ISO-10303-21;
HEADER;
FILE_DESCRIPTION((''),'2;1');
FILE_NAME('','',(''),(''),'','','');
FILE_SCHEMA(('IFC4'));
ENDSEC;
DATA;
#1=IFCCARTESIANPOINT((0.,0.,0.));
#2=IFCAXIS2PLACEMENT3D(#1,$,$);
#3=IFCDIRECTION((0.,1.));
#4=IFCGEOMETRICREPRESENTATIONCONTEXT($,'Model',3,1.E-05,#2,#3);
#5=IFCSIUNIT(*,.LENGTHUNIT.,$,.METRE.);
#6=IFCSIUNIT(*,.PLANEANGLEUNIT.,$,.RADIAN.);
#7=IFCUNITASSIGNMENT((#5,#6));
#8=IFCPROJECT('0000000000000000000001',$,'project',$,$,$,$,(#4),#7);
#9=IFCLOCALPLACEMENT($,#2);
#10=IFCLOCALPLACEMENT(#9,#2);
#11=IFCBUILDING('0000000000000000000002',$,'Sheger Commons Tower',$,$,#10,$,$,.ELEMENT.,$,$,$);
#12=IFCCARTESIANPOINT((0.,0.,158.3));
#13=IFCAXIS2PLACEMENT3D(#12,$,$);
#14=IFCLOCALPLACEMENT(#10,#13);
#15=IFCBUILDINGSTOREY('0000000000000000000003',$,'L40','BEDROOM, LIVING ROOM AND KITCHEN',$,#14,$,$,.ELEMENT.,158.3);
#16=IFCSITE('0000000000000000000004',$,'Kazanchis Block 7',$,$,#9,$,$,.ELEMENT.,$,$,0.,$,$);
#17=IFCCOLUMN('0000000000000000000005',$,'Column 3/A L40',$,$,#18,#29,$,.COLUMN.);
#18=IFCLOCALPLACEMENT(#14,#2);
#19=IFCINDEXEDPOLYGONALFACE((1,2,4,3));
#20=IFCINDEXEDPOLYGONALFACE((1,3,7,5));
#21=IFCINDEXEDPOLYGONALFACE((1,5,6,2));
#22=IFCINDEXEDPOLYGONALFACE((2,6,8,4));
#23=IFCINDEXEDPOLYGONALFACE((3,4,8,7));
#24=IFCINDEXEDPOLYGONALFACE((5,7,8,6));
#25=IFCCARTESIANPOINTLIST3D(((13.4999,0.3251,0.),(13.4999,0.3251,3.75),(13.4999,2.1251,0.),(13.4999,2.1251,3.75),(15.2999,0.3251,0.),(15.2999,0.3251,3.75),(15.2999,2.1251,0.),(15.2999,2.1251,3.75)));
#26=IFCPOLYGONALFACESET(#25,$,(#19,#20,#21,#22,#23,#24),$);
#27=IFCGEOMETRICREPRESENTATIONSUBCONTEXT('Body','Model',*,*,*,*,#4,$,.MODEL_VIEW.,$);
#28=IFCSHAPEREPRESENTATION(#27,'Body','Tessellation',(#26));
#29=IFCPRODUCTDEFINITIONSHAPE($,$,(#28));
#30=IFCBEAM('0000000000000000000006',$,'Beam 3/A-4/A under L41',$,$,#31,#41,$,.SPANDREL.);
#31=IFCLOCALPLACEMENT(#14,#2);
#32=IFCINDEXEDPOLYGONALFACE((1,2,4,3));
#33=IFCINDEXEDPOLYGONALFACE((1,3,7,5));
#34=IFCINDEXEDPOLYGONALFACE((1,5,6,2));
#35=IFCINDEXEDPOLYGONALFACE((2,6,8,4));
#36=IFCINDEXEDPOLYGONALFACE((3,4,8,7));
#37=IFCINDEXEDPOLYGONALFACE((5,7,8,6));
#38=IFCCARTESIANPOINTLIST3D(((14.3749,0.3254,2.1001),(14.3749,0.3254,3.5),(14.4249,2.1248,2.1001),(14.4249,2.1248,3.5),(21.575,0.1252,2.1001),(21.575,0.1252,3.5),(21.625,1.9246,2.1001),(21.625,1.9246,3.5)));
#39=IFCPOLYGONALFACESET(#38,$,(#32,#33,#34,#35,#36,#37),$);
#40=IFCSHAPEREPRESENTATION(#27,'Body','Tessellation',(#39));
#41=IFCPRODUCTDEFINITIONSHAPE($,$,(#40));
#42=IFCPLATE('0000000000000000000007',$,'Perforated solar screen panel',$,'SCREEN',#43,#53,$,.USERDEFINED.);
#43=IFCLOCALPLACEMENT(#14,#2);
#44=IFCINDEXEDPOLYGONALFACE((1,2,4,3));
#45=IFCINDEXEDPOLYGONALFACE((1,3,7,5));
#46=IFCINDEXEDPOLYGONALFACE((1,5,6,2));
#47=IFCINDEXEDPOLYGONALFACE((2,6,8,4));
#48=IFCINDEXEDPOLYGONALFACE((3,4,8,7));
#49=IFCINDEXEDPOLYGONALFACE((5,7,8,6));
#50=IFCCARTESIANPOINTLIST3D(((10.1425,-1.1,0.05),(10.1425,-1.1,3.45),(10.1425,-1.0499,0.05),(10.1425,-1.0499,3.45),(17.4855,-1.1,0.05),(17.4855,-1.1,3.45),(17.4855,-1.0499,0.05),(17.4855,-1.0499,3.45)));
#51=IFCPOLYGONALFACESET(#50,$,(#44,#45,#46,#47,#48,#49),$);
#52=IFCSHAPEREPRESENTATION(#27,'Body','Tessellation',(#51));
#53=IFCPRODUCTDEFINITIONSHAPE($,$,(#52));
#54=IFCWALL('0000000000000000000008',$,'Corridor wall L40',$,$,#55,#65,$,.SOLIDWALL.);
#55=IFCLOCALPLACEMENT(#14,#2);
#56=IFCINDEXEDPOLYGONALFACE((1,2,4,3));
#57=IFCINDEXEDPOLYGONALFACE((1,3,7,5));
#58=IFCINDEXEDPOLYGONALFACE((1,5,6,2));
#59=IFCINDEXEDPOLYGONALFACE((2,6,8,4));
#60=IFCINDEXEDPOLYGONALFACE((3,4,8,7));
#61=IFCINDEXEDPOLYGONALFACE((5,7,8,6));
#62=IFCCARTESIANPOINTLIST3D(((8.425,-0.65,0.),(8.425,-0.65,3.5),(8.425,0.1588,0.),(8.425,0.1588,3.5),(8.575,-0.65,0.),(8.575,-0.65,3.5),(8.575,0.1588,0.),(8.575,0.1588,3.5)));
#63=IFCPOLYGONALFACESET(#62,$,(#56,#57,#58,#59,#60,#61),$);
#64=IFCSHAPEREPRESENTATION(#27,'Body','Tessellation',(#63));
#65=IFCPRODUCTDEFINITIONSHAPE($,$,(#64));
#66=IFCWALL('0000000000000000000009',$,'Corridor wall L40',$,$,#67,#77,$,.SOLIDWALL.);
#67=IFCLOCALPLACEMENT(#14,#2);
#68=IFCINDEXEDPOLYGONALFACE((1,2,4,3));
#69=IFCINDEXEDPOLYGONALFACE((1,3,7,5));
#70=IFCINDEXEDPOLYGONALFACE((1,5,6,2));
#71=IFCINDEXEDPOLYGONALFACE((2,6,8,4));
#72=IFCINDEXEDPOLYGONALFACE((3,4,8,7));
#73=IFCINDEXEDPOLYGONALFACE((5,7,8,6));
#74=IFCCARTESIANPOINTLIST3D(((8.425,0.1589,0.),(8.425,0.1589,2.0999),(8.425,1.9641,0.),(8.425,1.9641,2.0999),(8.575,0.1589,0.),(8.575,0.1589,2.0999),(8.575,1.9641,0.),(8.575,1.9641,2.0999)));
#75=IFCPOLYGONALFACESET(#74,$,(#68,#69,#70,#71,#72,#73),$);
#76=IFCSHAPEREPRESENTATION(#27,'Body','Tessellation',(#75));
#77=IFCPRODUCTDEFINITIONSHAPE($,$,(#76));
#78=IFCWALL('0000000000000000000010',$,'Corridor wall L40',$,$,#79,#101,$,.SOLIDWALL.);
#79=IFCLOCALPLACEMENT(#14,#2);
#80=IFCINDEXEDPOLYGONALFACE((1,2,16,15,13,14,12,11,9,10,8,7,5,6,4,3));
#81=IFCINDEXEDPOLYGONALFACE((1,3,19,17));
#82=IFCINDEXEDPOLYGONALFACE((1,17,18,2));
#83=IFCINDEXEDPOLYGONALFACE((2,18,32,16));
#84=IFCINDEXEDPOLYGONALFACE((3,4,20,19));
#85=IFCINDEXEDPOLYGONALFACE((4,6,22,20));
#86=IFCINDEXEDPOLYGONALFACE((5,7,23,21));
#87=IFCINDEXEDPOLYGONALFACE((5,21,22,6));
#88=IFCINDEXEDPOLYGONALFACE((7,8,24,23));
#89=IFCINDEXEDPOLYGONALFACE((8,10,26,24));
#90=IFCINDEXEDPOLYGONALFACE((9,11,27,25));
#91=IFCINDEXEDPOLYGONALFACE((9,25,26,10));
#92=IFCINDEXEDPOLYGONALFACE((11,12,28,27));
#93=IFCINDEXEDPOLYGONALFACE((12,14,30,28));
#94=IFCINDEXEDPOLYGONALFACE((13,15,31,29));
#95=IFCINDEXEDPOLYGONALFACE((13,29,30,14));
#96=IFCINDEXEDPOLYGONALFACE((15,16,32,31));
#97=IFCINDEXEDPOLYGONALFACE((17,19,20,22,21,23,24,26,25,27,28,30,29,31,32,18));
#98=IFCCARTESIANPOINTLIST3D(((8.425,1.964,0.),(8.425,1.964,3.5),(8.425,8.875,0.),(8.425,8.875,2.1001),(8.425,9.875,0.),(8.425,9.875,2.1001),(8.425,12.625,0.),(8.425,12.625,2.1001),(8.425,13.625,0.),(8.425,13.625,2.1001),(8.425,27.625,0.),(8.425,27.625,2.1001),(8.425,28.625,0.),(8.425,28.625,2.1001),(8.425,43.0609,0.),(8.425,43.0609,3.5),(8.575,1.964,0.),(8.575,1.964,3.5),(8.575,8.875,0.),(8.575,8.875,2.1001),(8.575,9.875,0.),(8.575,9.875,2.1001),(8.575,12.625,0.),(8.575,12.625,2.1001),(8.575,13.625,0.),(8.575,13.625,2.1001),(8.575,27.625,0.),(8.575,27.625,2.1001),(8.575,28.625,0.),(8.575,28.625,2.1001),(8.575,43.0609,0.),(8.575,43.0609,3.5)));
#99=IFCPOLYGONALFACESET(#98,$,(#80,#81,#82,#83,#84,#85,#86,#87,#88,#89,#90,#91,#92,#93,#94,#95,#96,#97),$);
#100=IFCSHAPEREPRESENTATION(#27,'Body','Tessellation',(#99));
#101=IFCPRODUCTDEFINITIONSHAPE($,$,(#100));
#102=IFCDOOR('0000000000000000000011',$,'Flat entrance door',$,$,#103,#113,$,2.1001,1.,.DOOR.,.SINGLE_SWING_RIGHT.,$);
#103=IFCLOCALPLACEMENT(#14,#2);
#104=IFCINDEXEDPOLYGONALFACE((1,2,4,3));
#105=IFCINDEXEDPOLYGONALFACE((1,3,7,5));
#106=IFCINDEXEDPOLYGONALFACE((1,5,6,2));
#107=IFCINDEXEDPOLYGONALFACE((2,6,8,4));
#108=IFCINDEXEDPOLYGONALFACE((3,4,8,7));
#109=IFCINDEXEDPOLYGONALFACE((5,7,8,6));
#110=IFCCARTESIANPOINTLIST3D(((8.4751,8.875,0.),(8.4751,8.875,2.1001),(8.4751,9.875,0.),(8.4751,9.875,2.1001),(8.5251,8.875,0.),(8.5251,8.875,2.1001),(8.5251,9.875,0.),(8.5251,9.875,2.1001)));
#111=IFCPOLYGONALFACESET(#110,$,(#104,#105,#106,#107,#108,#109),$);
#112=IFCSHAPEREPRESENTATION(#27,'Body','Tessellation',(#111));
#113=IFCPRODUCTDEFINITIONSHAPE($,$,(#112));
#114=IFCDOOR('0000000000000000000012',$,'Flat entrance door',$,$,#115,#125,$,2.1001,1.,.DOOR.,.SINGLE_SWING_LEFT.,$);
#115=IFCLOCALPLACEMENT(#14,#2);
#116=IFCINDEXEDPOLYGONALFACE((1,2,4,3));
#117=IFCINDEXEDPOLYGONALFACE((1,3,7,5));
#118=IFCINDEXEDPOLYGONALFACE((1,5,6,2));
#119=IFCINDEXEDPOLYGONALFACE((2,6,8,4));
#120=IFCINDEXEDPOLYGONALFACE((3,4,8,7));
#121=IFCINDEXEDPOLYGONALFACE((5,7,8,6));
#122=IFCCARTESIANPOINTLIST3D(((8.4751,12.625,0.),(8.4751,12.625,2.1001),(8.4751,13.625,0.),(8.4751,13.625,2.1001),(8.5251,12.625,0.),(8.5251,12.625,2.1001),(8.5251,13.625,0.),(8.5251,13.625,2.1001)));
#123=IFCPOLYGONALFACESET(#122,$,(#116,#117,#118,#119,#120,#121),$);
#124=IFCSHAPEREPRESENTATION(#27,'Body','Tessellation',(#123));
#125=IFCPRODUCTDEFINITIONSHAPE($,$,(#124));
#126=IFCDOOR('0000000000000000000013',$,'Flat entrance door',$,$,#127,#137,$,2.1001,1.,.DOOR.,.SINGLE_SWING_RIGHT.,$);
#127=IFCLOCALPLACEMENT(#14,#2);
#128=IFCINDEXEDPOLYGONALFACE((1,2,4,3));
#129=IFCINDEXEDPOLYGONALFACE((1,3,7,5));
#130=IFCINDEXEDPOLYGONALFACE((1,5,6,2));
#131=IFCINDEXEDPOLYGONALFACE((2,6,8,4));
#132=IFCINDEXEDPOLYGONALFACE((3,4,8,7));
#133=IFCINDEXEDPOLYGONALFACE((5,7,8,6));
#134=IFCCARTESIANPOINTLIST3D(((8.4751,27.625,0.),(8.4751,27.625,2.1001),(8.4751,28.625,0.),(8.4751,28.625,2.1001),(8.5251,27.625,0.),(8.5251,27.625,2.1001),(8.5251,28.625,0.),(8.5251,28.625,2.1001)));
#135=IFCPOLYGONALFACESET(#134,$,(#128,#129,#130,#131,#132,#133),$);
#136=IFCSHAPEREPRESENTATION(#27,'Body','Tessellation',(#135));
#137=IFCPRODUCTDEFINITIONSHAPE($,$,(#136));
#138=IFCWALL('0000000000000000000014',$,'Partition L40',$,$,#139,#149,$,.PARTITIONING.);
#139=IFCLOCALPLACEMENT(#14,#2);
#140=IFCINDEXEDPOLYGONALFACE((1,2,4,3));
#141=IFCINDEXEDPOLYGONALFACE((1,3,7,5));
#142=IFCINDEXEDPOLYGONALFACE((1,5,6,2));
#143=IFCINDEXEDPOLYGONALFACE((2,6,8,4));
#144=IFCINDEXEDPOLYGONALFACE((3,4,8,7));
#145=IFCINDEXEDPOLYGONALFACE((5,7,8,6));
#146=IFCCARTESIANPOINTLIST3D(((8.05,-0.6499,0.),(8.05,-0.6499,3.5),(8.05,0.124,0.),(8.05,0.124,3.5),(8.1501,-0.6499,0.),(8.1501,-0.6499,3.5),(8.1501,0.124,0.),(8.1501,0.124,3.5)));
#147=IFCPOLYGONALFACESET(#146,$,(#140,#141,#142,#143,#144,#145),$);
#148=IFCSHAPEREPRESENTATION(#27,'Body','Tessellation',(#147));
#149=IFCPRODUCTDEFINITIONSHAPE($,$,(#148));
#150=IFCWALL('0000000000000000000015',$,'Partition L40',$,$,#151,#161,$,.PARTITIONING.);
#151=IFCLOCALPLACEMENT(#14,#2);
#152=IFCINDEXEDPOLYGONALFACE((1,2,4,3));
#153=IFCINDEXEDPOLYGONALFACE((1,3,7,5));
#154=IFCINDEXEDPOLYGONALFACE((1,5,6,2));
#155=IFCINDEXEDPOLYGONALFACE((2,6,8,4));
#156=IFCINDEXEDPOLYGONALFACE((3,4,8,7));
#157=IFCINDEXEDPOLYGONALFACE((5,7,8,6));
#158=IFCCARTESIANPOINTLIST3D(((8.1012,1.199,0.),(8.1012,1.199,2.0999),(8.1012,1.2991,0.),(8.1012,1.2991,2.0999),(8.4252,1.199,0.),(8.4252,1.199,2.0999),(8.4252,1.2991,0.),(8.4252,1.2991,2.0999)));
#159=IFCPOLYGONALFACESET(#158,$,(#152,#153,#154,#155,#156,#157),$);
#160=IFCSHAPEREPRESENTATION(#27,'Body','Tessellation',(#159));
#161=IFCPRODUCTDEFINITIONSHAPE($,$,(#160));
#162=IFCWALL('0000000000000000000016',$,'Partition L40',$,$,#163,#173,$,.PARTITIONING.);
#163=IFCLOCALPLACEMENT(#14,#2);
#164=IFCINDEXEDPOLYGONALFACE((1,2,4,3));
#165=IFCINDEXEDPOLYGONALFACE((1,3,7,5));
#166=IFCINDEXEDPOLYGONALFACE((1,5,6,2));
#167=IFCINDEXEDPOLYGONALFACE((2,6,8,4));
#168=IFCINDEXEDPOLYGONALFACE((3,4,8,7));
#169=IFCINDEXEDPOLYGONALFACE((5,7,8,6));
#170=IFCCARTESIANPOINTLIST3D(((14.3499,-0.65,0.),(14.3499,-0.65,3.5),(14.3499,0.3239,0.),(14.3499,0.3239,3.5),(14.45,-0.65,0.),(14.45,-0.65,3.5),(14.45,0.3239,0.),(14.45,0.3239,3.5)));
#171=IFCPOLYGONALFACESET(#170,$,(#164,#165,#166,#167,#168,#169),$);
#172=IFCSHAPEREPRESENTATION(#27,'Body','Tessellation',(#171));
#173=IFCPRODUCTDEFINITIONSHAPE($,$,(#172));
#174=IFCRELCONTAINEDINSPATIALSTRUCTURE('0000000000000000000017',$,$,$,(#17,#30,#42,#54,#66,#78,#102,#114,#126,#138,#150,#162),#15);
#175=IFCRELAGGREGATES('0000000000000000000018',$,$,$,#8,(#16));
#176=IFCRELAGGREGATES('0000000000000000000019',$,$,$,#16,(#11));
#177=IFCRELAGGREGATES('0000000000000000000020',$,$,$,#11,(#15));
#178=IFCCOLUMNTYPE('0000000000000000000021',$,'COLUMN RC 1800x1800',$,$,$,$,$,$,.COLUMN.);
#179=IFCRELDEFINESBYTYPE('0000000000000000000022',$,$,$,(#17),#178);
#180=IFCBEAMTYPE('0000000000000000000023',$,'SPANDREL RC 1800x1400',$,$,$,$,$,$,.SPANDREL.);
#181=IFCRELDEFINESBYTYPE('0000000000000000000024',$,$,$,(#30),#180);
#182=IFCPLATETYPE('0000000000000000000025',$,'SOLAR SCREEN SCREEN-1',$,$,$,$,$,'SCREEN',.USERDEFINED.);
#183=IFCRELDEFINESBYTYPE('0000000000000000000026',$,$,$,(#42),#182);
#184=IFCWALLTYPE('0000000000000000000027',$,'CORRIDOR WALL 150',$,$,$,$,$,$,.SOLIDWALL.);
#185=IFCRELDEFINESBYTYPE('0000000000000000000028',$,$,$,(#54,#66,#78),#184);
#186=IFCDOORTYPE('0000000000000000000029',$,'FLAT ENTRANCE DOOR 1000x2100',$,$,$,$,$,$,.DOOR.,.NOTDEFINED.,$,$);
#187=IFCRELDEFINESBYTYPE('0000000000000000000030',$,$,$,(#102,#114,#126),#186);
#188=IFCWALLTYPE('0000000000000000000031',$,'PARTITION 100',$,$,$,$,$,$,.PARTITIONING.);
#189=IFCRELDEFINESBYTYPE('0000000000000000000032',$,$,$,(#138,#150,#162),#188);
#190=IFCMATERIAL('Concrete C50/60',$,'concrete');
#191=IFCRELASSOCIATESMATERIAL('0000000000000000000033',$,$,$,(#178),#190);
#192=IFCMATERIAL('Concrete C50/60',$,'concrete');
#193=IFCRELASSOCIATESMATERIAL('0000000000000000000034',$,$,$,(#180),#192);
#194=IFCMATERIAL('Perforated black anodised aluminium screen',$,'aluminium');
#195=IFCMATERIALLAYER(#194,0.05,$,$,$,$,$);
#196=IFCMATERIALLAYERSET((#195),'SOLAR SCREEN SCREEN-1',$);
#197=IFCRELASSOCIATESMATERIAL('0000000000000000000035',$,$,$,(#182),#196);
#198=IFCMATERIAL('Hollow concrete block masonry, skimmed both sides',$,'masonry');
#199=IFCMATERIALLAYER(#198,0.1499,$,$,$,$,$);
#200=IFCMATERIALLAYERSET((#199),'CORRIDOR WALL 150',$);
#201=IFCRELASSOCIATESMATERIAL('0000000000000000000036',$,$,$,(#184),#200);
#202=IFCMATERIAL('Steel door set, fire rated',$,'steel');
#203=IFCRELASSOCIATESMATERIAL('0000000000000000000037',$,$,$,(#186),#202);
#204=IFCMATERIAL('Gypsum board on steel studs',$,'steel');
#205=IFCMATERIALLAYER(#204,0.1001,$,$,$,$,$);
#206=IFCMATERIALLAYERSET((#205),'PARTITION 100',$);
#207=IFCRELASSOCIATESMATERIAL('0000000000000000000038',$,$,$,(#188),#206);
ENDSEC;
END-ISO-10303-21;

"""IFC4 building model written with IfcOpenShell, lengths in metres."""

from ifc_helpers import new_model, si_unit, direction, frame, frame_2d, origin, origin_2d, place, context, subcontext, project, spatial, rectangle, extrude, material, layer, layer_set, material_profile, profile_set, type_object, element, fill, save


model = new_model("IFC4")

# Units and contexts
model_context = context("Model", 3, precision=1e-05, world=origin(), true_north=direction((0.0, 1.0)))
body_context = subcontext(model_context, "Body", "Model", "MODEL_VIEW")
ifc_project = project(units=[si_unit("LENGTHUNIT", "METRE"), si_unit("PLANEANGLEUNIT", "RADIAN")], contexts=[model_context])

# Site, building, storey
site_placement = place(None, origin())
site = spatial("IfcSite", under=ifc_project, at=site_placement, Name="Kazanchis Block 7", CompositionType="ELEMENT", RefElevation=0.0)
building_placement = place(site_placement, origin())
building = spatial("IfcBuilding", under=site, at=building_placement, Name="Sheger Commons Tower", CompositionType="ELEMENT")
storey_placement = place(building_placement, frame((0.0, 0.0, 158.3)))
storey = spatial("IfcBuildingStorey", under=building, at=storey_placement, Name="L40", Description="BEDROOM, LIVING ROOM AND KITCHEN", CompositionType="ELEMENT", Elevation=158.3)

# Column
ifc_material_1 = material(Name="Concrete C50/60", Category="concrete")
ifc_material_profile_1 = material_profile(ifc_material_1, rectangle(XDim=1.8, YDim=1.8, at=origin_2d()), Name="RC 1800x1800")
ifc_profile_set_1 = profile_set([ifc_material_profile_1], Name="Concrete C50/60")
column_type = type_object("IfcColumnType", Name="COLUMN RC 1800x1800", PredefinedType="COLUMN", material=ifc_profile_set_1)
column_placement = place(storey_placement, frame((14.3999, 1.2251, 0.0), z_axis=(0.0, 0.0, 1.0), x_axis=(1.0, 0.0, 0.0)))
element("IfcColumn", 1, at=column_placement, inside=storey, type_object=column_type, Name="Column 3/A L40", PredefinedType="COLUMN", context=body_context, shape_type="SweptSolid", body=[
    extrude(rectangle(XDim=1.8, YDim=1.8, at=origin_2d()), origin(), (0.0, 0.0, 1.0), 3.75),
])

# Beam
ifc_material_2 = material(Name="Concrete C50/60", Category="concrete")
ifc_material_profile_2 = material_profile(ifc_material_2, rectangle(XDim=1.8, YDim=1.3999, at=origin_2d()), Name="RC 1800x1400")
ifc_profile_set_2 = profile_set([ifc_material_profile_2], Name="Concrete C50/60")
beam_type = type_object("IfcBeamType", Name="SPANDREL RC 1800x1400", PredefinedType="SPANDREL", material=ifc_profile_set_2)
beam_placement = place(storey_placement, frame((14.3999, 1.2251, 2.8), z_axis=(0.999614, -0.027793, 0.0), x_axis=(0.027793, 0.999614, 0.0)))
element("IfcBeam", 2, at=beam_placement, inside=storey, type_object=beam_type, Name="Beam 3/A-4/A under L41", PredefinedType="SPANDREL", context=body_context, shape_type="SweptSolid", body=[
    extrude(rectangle(XDim=1.8, YDim=1.3999, at=origin_2d()), origin(), (0.0, 0.0, 1.0), 7.2029),
])

# Plate
ifc_material_3 = material(Name="Perforated black anodised aluminium screen", Category="aluminium")
ifc_layer_1 = layer(ifc_material_3, 0.05)
ifc_layer_set_1 = layer_set([ifc_layer_1], Name="SOLAR SCREEN SCREEN-1")
plate_type = type_object("IfcPlateType", Name="SOLAR SCREEN SCREEN-1", ElementType="SCREEN", PredefinedType="USERDEFINED", material=ifc_layer_set_1)
plate_placement = place(storey_placement, frame((13.814, -1.075, 0.05), z_axis=(0.0, 0.0, 1.0), x_axis=(1.0, 0.0, 0.0)))
element("IfcPlate", 3, at=plate_placement, inside=storey, type_object=plate_type, Name="Perforated solar screen panel", ObjectType="SCREEN", PredefinedType="USERDEFINED", context=body_context, shape_type="SweptSolid", body=[
    extrude(rectangle(XDim=7.343, YDim=0.05, at=origin_2d()), origin(), (0.0, 0.0, 1.0), 3.3999),
])

# Walls
ifc_material_4 = material(Name="Hollow concrete block masonry, skimmed both sides", Category="masonry")
ifc_layer_2 = layer(ifc_material_4, 0.1499)
ifc_layer_set_2 = layer_set([ifc_layer_2], Name="CORRIDOR WALL 150")
wall_type_1 = type_object("IfcWallType", Name="CORRIDOR WALL 150", PredefinedType="SOLIDWALL", material=ifc_layer_set_2)
wall_1_placement = place(storey_placement, frame((8.5, -0.6499, 0.0), z_axis=(0.0, 0.0, 1.0), x_axis=(0.0, 1.0, 0.0)))
element("IfcWall", 4, at=wall_1_placement, inside=storey, type_object=wall_type_1, Name="Corridor wall L40", PredefinedType="SOLIDWALL", context=body_context, shape_type="SweptSolid", body=[
    extrude(rectangle(XDim=0.8088, YDim=0.1499, at=frame_2d((0.4043, 0.0))), origin(), (0.0, 0.0, 1.0), 3.5),
])
wall_2_placement = place(storey_placement, frame((8.5, 0.1589, 0.0), z_axis=(0.0, 0.0, 1.0), x_axis=(0.0, 1.0, 0.0)))
element("IfcWall", 5, at=wall_2_placement, inside=storey, type_object=wall_type_1, Name="Corridor wall L40", PredefinedType="SOLIDWALL", context=body_context, shape_type="SweptSolid", body=[
    extrude(rectangle(XDim=1.8052, YDim=0.1499, at=frame_2d((0.9026, 0.0))), origin(), (0.0, 0.0, 1.0), 2.0999),
])

# Wall, openings, doors
wall_3_placement = place(storey_placement, frame((8.5, 1.9641, 0.0), z_axis=(0.0, 0.0, 1.0), x_axis=(0.0, 1.0, 0.0)))
wall_3 = element("IfcWall", 6, at=wall_3_placement, inside=storey, type_object=wall_type_1, Name="Corridor wall L40", PredefinedType="SOLIDWALL", context=body_context, shape_type="SweptSolid", body=[
    extrude(rectangle(XDim=41.0969, YDim=0.1499, at=frame_2d((20.5483, 0.0))), origin(), (0.0, 0.0, 1.0), 3.5),
])
opening_1_placement = place(wall_3_placement, frame((6.9109, 0.0, 0.0)))
opening_1 = element("IfcOpeningElement", 7, at=opening_1_placement, cuts=wall_3, PredefinedType="OPENING", context=body_context, shape_type="SweptSolid", body=[
    extrude(rectangle(XDim=1.0, YDim=2.1001, at=frame_2d((0.5, 1.05))), frame((0.0, 0.085, 0.0), z_axis=(0.0, -1.0, 0.0), x_axis=(1.0, 0.0, 0.0)), (0.0, 0.0, 1.0), 0.1699),
])
opening_2_placement = place(wall_3_placement, frame((10.6609, 0.0, 0.0)))
opening_2 = element("IfcOpeningElement", 8, at=opening_2_placement, cuts=wall_3, PredefinedType="OPENING", context=body_context, shape_type="SweptSolid", body=[
    extrude(rectangle(XDim=1.0, YDim=2.1001, at=frame_2d((0.5, 1.05))), frame((0.0, 0.085, 0.0), z_axis=(0.0, -1.0, 0.0), x_axis=(1.0, 0.0, 0.0)), (0.0, 0.0, 1.0), 0.1699),
])
opening_3_placement = place(wall_3_placement, frame((25.6609, 0.0, 0.0)))
opening_3 = element("IfcOpeningElement", 9, at=opening_3_placement, cuts=wall_3, PredefinedType="OPENING", context=body_context, shape_type="SweptSolid", body=[
    extrude(rectangle(XDim=1.0, YDim=2.1001, at=frame_2d((0.5, 1.05))), frame((0.0, 0.085, 0.0), z_axis=(0.0, -1.0, 0.0), x_axis=(1.0, 0.0, 0.0)), (0.0, 0.0, 1.0), 0.1699),
])
ifc_material_5 = material(Name="Steel door set, fire rated", Category="steel")
door_type_1 = type_object("IfcDoorType", Name="FLAT ENTRANCE DOOR 1000x2100", OperationType="NOTDEFINED", PredefinedType="DOOR", material=ifc_material_5)
door_1_placement = place(opening_1_placement, origin())
door_1 = element("IfcDoor", 10, at=door_1_placement, inside=storey, type_object=door_type_1, Name="Flat entrance door", OperationType="SINGLE_SWING_RIGHT", OverallHeight=2.1001, OverallWidth=1.0, PredefinedType="DOOR", context=body_context, shape_type="SweptSolid", body=[
    extrude(rectangle(XDim=1.0, YDim=2.1001, at=frame_2d((0.5, 1.05))), frame((0.0, 0.0249, 0.0), z_axis=(0.0, -1.0, 0.0), x_axis=(1.0, 0.0, 0.0)), (0.0, 0.0, 1.0), 0.05),
])
fill(opening_1, door_1)
door_2_placement = place(opening_2_placement, origin())
door_2 = element("IfcDoor", 11, at=door_2_placement, inside=storey, type_object=door_type_1, Name="Flat entrance door", OperationType="SINGLE_SWING_LEFT", OverallHeight=2.1001, OverallWidth=1.0, PredefinedType="DOOR", context=body_context, shape_type="SweptSolid", body=[
    extrude(rectangle(XDim=1.0, YDim=2.1001, at=frame_2d((0.5, 1.05))), frame((0.0, 0.0249, 0.0), z_axis=(0.0, -1.0, 0.0), x_axis=(1.0, 0.0, 0.0)), (0.0, 0.0, 1.0), 0.05),
])
fill(opening_2, door_2)
door_3_placement = place(opening_3_placement, origin())
door_3 = element("IfcDoor", 12, at=door_3_placement, inside=storey, type_object=door_type_1, Name="Flat entrance door", OperationType="SINGLE_SWING_RIGHT", OverallHeight=2.1001, OverallWidth=1.0, PredefinedType="DOOR", context=body_context, shape_type="SweptSolid", body=[
    extrude(rectangle(XDim=1.0, YDim=2.1001, at=frame_2d((0.5, 1.05))), frame((0.0, 0.0249, 0.0), z_axis=(0.0, -1.0, 0.0), x_axis=(1.0, 0.0, 0.0)), (0.0, 0.0, 1.0), 0.05),
])
fill(opening_3, door_3)

# Walls
ifc_material_6 = material(Name="Gypsum board on steel studs", Category="steel")
ifc_layer_3 = layer(ifc_material_6, 0.1001)
ifc_layer_set_3 = layer_set([ifc_layer_3], Name="PARTITION 100")
wall_type_2 = type_object("IfcWallType", Name="PARTITION 100", PredefinedType="PARTITIONING", material=ifc_layer_set_3)
wall_4_placement = place(storey_placement, frame((8.1001, 0.124, 0.0), z_axis=(0.0, 0.0, 1.0), x_axis=(0.0, -1.0, 0.0)))
element("IfcWall", 13, at=wall_4_placement, inside=storey, type_object=wall_type_2, Name="Partition L40", PredefinedType="PARTITIONING", context=body_context, shape_type="SweptSolid", body=[
    extrude(rectangle(XDim=0.7739, YDim=0.1001, at=frame_2d((0.387, 0.0))), origin(), (0.0, 0.0, 1.0), 3.5),
])
wall_5_placement = place(storey_placement, frame((8.1011, 1.249, 0.0), z_axis=(0.0, 0.0, 1.0), x_axis=(1.0, 0.0, 0.0)))
element("IfcWall", 14, at=wall_5_placement, inside=storey, type_object=wall_type_2, Name="Partition L40", PredefinedType="PARTITIONING", context=body_context, shape_type="SweptSolid", body=[
    extrude(rectangle(XDim=0.324, YDim=0.1001, at=frame_2d((0.1621, 0.0))), origin(), (0.0, 0.0, 1.0), 2.0999),
])
wall_6_placement = place(storey_placement, frame((14.3999, -0.6499, 0.0), z_axis=(0.0, 0.0, 1.0), x_axis=(0.0, 1.0, 0.0)))
element("IfcWall", 15, at=wall_6_placement, inside=storey, type_object=wall_type_2, Name="Partition L40", PredefinedType="PARTITIONING", context=body_context, shape_type="SweptSolid", body=[
    extrude(rectangle(XDim=0.9739, YDim=0.1001, at=frame_2d((0.4868, 0.0))), origin(), (0.0, 0.0, 1.0), 3.5),
])

save(model, "model.ifc")
